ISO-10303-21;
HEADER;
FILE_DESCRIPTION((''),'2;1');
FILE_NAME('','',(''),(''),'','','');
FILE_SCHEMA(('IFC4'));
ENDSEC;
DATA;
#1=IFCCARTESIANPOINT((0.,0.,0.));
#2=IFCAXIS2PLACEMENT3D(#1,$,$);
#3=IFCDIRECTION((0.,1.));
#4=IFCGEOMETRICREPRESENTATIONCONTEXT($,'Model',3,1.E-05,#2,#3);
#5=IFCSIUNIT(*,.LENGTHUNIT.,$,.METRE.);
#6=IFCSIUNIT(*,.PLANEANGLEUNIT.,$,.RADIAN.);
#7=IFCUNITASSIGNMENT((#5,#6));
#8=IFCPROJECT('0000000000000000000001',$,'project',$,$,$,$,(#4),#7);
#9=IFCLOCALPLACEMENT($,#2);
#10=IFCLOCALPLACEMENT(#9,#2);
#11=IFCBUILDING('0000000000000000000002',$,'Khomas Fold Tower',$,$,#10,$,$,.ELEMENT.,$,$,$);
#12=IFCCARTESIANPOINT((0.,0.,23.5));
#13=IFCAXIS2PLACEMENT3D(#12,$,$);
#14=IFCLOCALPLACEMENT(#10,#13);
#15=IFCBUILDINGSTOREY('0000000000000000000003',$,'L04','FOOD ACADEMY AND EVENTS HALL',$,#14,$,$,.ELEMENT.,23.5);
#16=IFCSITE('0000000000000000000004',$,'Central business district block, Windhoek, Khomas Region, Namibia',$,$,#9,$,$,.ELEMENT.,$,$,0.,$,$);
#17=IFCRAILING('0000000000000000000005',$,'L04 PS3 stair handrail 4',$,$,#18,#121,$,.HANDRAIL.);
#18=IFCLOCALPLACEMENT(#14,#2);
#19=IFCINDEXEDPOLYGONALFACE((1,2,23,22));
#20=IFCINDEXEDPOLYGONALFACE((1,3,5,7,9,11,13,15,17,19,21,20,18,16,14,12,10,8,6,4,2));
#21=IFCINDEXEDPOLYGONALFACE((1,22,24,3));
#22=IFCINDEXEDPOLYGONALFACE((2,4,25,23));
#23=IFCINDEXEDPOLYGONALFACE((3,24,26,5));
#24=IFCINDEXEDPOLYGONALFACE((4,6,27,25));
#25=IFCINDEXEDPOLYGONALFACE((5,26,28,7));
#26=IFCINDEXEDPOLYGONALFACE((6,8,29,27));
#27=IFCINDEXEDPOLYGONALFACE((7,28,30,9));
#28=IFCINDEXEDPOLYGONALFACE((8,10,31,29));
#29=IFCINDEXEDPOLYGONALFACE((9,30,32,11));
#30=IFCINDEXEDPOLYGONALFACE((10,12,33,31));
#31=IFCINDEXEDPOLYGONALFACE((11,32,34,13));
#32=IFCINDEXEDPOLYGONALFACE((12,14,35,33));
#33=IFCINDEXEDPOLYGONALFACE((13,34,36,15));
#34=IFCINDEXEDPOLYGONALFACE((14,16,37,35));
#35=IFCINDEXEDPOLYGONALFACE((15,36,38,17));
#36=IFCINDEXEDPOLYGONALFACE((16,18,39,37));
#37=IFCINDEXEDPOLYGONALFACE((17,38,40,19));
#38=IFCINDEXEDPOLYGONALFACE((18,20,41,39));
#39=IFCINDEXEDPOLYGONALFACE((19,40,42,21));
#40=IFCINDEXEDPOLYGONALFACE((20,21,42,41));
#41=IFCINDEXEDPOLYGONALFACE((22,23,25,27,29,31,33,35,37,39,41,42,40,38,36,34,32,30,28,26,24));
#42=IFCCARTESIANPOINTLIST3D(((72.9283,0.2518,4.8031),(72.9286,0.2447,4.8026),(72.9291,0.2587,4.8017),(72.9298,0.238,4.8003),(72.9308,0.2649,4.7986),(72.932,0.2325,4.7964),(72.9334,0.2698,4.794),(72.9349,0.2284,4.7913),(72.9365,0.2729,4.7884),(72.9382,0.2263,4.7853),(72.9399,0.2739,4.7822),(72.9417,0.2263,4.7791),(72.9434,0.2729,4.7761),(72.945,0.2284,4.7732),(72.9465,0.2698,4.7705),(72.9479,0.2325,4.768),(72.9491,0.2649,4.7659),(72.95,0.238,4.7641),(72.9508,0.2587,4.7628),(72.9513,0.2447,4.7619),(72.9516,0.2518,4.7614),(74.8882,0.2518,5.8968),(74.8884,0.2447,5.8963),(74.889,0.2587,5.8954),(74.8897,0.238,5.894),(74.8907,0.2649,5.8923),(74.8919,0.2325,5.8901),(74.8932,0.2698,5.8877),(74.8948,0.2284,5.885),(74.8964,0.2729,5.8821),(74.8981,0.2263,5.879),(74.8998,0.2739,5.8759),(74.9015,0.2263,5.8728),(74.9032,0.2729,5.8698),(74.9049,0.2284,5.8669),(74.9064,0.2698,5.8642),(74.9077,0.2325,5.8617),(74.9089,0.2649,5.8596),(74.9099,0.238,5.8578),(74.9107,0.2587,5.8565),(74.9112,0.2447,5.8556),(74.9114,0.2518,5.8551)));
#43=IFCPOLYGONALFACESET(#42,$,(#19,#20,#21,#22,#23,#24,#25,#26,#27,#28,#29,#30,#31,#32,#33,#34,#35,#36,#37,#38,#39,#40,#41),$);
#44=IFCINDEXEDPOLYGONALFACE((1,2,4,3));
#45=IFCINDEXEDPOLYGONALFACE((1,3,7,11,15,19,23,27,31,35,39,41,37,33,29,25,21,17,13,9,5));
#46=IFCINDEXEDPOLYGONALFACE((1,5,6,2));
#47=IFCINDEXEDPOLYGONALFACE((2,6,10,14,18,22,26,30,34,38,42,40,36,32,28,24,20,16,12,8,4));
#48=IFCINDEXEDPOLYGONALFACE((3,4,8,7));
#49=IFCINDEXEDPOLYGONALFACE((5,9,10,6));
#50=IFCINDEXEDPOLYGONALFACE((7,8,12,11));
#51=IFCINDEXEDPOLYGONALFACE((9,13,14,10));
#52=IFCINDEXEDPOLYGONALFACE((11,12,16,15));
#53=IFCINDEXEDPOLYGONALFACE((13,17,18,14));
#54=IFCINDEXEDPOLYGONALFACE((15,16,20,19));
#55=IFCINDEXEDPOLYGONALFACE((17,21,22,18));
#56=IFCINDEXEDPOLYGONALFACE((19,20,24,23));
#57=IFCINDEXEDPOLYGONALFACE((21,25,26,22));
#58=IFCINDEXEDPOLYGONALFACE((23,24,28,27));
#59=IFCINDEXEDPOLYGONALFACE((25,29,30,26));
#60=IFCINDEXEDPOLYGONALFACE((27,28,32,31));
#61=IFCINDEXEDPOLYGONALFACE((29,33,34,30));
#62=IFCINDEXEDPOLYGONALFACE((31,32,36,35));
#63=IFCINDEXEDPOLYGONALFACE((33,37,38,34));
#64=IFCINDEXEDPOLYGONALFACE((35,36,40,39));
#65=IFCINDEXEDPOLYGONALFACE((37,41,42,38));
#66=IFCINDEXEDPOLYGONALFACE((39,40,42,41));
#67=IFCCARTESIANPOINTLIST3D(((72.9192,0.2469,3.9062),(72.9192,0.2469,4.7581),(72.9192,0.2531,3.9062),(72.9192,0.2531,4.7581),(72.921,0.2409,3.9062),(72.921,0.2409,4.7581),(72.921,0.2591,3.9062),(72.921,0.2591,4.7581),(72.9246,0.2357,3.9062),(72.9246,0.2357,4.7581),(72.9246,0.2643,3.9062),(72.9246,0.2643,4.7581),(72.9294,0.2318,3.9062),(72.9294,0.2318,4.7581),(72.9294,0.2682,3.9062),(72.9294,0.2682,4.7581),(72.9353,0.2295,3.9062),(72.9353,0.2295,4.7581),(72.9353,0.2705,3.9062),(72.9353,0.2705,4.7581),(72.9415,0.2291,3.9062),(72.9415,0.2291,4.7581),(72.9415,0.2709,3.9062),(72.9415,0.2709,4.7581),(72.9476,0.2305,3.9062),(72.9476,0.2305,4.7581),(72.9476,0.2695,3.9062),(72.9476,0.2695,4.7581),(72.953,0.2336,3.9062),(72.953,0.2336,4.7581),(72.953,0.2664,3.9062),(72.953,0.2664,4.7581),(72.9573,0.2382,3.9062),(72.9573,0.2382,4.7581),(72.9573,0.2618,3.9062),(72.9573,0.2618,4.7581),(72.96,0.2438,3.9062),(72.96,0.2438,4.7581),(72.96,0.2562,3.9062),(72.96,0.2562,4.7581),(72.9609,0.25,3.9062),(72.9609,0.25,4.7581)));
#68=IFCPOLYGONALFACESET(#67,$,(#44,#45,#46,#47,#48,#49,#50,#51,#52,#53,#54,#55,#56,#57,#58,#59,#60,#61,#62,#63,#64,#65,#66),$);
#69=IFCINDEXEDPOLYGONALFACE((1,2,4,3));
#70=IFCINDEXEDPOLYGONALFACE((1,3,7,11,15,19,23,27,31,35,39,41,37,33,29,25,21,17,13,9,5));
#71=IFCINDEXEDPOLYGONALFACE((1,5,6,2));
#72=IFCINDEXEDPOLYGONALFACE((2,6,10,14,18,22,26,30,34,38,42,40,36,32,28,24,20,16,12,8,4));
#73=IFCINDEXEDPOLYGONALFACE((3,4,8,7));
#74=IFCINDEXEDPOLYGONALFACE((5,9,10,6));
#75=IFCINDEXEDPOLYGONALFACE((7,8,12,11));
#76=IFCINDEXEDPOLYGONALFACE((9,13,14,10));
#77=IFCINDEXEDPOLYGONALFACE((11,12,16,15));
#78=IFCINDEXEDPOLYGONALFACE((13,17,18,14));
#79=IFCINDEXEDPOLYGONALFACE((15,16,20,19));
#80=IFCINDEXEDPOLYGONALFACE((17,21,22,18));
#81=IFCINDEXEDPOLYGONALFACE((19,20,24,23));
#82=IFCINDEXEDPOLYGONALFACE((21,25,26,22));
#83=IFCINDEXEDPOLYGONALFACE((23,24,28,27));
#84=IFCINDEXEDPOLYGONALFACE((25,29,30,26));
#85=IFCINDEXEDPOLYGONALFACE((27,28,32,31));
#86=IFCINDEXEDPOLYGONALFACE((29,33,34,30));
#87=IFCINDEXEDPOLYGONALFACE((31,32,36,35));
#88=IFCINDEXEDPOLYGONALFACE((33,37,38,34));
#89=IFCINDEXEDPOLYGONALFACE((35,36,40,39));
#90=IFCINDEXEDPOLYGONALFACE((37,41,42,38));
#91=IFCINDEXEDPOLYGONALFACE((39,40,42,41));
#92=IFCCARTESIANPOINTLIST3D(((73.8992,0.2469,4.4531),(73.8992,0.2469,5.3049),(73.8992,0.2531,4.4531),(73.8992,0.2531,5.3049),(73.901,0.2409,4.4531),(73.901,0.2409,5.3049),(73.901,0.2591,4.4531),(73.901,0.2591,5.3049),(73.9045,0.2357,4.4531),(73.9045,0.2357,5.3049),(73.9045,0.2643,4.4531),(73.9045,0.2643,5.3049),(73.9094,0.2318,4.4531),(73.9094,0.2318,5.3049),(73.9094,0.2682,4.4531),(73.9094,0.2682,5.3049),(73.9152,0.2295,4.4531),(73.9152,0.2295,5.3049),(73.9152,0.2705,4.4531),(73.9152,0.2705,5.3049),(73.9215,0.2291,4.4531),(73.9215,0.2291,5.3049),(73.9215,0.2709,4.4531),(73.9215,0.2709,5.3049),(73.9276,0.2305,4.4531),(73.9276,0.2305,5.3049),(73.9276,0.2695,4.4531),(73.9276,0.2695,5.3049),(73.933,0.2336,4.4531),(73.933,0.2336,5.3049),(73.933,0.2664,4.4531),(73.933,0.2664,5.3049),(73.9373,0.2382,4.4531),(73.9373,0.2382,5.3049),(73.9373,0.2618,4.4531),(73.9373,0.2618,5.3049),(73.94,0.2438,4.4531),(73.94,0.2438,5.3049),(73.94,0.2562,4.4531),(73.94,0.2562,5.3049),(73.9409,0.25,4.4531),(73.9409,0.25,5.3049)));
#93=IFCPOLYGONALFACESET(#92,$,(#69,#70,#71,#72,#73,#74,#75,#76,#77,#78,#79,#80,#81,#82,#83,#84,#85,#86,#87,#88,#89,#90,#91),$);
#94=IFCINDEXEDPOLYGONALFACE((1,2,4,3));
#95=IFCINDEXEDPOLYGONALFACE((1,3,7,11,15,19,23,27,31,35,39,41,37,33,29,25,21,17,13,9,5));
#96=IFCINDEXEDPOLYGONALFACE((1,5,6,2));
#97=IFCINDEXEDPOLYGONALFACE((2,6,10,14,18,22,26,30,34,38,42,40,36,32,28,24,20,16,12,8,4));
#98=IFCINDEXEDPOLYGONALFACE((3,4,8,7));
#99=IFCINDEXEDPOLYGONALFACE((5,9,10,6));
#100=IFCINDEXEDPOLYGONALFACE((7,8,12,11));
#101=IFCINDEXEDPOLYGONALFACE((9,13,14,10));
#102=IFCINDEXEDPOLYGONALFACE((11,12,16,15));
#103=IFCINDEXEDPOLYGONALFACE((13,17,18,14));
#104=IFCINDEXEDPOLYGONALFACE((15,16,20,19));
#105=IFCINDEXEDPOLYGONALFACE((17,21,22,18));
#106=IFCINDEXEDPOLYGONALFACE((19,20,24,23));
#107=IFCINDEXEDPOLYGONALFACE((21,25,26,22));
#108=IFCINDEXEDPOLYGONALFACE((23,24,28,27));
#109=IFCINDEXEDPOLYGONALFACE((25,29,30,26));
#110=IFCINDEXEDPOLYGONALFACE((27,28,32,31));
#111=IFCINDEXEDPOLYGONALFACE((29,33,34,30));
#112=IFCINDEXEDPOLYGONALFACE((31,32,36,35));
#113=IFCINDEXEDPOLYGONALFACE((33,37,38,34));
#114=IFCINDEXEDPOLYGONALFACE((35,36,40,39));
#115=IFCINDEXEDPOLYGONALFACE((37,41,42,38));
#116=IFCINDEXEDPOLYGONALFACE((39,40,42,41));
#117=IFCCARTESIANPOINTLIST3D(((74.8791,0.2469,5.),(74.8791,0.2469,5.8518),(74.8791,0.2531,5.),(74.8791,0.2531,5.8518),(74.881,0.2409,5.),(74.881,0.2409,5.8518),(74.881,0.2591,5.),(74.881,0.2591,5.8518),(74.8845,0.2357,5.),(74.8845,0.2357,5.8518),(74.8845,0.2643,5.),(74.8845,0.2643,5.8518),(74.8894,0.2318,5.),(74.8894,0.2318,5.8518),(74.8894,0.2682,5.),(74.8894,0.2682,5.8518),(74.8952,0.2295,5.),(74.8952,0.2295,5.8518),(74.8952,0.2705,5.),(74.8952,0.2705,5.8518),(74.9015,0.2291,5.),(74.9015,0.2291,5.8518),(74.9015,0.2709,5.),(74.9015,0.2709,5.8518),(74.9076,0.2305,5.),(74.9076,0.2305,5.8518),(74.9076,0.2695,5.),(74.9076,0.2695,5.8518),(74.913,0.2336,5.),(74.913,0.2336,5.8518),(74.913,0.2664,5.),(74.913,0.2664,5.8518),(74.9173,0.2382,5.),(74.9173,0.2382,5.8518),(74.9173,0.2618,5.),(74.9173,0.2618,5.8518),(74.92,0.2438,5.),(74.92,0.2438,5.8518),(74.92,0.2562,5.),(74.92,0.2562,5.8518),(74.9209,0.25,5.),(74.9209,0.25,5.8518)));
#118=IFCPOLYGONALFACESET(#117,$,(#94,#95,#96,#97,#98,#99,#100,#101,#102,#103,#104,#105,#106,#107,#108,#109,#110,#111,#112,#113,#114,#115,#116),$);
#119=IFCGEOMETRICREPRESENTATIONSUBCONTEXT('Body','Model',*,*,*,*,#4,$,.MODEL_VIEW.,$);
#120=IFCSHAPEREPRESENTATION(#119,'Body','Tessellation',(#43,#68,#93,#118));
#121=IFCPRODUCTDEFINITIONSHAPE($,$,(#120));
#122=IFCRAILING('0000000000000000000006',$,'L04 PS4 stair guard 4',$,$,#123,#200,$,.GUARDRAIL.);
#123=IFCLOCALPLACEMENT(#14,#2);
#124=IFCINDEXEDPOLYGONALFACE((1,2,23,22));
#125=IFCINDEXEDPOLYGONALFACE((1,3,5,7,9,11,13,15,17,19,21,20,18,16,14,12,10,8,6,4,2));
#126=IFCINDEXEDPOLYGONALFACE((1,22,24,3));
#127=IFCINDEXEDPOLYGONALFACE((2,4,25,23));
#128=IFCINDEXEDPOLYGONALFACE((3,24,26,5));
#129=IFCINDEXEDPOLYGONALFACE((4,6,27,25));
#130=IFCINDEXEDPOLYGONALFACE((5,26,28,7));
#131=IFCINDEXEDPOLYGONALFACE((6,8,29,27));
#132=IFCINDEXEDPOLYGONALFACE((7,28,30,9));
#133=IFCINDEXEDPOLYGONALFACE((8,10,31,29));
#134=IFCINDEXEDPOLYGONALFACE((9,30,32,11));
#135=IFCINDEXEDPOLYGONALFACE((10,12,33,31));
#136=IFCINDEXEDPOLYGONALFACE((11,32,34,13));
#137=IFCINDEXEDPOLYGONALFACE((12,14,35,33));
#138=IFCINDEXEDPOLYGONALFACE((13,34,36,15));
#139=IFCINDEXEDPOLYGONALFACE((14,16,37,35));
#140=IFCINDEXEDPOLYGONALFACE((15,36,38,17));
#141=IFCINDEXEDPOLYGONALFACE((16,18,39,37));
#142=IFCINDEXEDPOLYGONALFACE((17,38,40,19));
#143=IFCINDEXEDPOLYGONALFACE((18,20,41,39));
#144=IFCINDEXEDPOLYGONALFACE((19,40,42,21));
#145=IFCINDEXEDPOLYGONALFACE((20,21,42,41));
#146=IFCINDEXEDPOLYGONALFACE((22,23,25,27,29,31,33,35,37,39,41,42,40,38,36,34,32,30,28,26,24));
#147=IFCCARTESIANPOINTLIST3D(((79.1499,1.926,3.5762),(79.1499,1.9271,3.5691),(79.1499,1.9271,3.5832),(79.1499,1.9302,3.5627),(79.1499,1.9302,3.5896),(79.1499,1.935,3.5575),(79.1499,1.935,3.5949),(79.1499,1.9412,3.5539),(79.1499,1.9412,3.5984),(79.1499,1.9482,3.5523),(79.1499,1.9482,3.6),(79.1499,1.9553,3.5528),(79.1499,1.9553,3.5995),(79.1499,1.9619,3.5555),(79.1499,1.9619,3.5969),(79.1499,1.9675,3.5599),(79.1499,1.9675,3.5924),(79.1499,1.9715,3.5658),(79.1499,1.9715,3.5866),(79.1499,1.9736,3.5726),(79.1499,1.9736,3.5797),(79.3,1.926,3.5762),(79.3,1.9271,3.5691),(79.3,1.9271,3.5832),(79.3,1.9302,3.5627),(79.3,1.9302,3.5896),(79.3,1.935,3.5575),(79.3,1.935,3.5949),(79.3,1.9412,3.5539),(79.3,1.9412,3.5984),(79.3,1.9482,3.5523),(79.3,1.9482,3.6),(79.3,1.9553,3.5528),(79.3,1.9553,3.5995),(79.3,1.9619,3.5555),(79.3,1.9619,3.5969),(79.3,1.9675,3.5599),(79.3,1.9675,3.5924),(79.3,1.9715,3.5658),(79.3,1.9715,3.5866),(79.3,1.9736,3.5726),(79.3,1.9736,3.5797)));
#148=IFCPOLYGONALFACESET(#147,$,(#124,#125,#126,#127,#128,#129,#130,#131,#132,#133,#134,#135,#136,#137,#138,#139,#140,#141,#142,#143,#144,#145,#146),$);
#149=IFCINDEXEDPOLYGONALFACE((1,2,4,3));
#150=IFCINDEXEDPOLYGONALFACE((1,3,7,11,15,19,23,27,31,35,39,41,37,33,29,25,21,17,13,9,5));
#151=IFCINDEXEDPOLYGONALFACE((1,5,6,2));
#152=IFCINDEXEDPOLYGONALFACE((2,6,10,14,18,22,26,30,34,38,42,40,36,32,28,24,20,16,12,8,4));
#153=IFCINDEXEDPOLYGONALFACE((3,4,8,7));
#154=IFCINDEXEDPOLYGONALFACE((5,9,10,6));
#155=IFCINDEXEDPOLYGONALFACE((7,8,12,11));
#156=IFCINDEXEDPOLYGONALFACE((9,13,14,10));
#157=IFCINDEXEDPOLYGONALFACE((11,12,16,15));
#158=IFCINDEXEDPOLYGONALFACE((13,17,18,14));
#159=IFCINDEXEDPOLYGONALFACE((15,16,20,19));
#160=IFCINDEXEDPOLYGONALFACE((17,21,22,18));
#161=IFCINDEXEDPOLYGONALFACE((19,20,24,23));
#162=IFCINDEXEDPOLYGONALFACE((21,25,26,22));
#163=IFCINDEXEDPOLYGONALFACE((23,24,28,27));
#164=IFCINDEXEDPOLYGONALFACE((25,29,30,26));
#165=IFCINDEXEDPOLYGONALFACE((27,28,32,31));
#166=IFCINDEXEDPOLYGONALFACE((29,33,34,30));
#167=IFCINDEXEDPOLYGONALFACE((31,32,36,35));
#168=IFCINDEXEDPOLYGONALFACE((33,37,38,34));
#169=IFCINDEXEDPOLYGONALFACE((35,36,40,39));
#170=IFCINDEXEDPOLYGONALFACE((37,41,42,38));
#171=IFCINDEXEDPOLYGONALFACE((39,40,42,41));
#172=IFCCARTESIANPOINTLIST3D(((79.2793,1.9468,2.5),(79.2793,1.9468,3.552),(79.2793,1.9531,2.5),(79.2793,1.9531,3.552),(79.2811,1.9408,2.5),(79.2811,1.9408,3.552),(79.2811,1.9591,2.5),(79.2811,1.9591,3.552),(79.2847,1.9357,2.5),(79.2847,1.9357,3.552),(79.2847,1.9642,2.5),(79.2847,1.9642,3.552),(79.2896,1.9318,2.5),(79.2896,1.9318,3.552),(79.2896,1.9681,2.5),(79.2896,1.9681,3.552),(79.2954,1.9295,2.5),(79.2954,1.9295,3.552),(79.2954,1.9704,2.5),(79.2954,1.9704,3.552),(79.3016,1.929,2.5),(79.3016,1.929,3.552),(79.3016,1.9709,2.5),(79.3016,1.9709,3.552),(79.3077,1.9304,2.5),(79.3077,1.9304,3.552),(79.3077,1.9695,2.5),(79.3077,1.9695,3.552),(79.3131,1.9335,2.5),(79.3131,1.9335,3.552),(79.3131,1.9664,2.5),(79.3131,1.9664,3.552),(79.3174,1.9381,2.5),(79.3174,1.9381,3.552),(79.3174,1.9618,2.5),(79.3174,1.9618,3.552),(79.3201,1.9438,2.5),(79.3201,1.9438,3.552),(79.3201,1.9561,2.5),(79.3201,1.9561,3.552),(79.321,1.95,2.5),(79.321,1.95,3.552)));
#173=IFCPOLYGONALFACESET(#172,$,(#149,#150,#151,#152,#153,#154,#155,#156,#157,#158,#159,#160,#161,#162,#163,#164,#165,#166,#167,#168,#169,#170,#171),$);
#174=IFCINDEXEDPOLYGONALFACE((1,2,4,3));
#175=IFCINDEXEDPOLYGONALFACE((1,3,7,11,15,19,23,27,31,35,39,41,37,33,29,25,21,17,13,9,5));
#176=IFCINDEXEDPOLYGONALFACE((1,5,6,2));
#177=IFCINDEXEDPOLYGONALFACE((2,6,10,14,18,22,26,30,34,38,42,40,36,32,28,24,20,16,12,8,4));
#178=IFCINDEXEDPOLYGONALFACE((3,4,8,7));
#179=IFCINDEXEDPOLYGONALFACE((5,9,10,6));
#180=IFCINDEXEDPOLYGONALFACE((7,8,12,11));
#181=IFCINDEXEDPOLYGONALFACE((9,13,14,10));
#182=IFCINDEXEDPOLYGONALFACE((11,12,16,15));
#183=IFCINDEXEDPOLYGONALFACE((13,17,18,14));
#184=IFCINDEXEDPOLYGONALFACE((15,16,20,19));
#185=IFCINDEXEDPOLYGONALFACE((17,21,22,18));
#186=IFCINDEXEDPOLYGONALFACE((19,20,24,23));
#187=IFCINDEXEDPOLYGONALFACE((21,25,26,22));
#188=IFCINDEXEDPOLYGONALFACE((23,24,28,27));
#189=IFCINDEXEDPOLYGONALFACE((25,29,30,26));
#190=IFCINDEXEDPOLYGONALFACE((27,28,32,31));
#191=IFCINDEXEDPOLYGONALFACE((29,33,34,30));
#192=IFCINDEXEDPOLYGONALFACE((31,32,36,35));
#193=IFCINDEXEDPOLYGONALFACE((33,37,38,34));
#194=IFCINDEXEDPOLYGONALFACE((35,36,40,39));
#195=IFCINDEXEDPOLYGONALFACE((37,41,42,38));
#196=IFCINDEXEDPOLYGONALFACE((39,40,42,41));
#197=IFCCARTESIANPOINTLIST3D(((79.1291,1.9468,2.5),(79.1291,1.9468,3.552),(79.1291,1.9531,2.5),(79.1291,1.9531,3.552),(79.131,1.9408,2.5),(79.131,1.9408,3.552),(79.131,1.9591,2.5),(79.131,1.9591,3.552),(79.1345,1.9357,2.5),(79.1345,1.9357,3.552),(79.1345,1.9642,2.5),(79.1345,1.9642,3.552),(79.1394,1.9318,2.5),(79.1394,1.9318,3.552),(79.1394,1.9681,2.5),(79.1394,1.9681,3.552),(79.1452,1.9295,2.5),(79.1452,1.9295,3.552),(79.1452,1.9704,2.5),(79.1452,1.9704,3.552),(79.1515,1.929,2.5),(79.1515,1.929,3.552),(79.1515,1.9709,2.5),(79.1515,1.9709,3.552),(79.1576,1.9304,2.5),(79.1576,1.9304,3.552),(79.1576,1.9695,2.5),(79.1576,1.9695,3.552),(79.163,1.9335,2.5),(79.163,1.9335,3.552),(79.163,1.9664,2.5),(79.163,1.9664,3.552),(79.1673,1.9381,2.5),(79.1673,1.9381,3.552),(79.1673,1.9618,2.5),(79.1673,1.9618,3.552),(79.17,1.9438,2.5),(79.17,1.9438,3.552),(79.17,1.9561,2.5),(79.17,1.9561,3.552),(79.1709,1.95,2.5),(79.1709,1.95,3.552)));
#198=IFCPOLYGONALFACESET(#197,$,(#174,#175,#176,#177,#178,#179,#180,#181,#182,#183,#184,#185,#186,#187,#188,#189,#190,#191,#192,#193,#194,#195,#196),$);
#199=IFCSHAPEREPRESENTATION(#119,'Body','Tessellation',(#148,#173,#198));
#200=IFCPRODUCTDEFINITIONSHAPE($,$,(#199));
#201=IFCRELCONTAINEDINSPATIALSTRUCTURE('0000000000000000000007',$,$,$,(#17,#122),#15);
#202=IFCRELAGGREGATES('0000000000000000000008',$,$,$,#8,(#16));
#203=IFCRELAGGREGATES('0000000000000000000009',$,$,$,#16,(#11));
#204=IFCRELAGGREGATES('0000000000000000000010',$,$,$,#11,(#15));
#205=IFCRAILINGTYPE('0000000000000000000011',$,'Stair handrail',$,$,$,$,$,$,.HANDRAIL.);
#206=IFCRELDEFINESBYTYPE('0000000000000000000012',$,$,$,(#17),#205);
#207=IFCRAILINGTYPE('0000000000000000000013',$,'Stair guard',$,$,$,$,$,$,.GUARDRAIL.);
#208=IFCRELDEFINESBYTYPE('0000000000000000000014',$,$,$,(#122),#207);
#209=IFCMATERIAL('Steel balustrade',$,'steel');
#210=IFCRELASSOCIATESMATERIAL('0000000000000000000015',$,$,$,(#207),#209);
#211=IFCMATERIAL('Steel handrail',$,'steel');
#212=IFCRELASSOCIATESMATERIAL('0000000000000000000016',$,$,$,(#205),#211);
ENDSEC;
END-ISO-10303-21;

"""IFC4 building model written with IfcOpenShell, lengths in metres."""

from ifc_helpers import new_model, si_unit, direction, frame, origin, origin_2d, place, context, subcontext, project, spatial, circle, extrude, source, transform, mapped, material, type_object, element, save


model = new_model("IFC4")

# Units and contexts
model_context = context("Model", 3, precision=1e-05, world=origin(), true_north=direction((0.0, 1.0)))
body_context = subcontext(model_context, "Body", "Model", "MODEL_VIEW")
ifc_project = project(units=[si_unit("LENGTHUNIT", "METRE"), si_unit("PLANEANGLEUNIT", "RADIAN")], contexts=[model_context])

# Site, building, storey
site_placement = place(None, origin())
site = spatial("IfcSite", under=ifc_project, at=site_placement, Name="Central business district block, Windhoek, Khomas Region, Namibia", CompositionType="ELEMENT", RefElevation=0.0)
building_placement = place(site_placement, origin())
building = spatial("IfcBuilding", under=site, at=building_placement, Name="Khomas Fold Tower", CompositionType="ELEMENT")
storey_placement = place(building_placement, frame((0.0, 0.0, 23.5)))
storey = spatial("IfcBuildingStorey", under=building, at=storey_placement, Name="L04", Description="FOOD ACADEMY AND EVENTS HALL", CompositionType="ELEMENT", Elevation=23.5)

# Railings
ifc_material_1 = material(Name="Steel balustrade", Category="steel")
railing_type_1 = type_object("IfcRailingType", Name="Stair guard", PredefinedType="GUARDRAIL", material=ifc_material_1)
ifc_material_2 = material(Name="Steel handrail", Category="steel")
railing_type_2 = type_object("IfcRailingType", Name="Stair handrail", PredefinedType="HANDRAIL", material=ifc_material_2)
shared_shape_1 = source(origin(), body_context, "Body", "SweptSolid", [
    extrude(circle(Radius=0.0239, at=origin_2d()), frame((0.0, 0.0, 0.876), z_axis=(0.873232, 0.0, 0.487304), x_axis=(0.0, 1.0, 0.0)), (0.0, 0.0, 1.0), 2.2444),
    extrude(circle(Radius=0.021, at=origin_2d()), origin(), (0.0, 0.0, 1.0), 0.8518),
    extrude(circle(Radius=0.021, at=origin_2d()), frame((0.98, 0.0, 0.5469)), (0.0, 0.0, 1.0), 0.8518),
    extrude(circle(Radius=0.021, at=origin_2d()), frame((1.96, 0.0, 1.0938)), (0.0, 0.0, 1.0), 0.8518),
])
for number, where, name in (
    (1, (72.9399, 0.25, 3.9062), "L04 PS3 stair handrail 4"),
):
    element("IfcRailing", number, at=place(storey_placement, frame(where)), inside=storey, type_object=railing_type_2, Name=name, PredefinedType="HANDRAIL", context=body_context, shape_type="MappedRepresentation", body=[
        mapped(shared_shape_1, transform((0.0, 0.0, 0.0))),
    ])
shared_shape_2 = source(origin(), body_context, "Body", "SweptSolid", [
    extrude(circle(Radius=0.0239, at=origin_2d()), frame((0.0, 0.0, 1.0762), z_axis=(-1.0, 0.0, 0.0), x_axis=(0.0, -1.0, 0.0)), (0.0, 0.0, 1.0), 0.1501),
    extrude(circle(Radius=0.021, at=origin_2d()), origin(), (0.0, 0.0, 1.0), 1.052),
    extrude(circle(Radius=0.021, at=origin_2d()), frame((-0.1501, 0.0, 0.0)), (0.0, 0.0, 1.0), 1.052),
])
for number, where, name in (
    (2, (79.3, 1.95, 2.5), "L04 PS4 stair guard 4"),
):
    element("IfcRailing", number, at=place(storey_placement, frame(where)), inside=storey, type_object=railing_type_1, Name=name, PredefinedType="GUARDRAIL", context=body_context, shape_type="MappedRepresentation", body=[
        mapped(shared_shape_2, transform((0.0, 0.0, 0.0))),
    ])

save(model, "model.ifc")
